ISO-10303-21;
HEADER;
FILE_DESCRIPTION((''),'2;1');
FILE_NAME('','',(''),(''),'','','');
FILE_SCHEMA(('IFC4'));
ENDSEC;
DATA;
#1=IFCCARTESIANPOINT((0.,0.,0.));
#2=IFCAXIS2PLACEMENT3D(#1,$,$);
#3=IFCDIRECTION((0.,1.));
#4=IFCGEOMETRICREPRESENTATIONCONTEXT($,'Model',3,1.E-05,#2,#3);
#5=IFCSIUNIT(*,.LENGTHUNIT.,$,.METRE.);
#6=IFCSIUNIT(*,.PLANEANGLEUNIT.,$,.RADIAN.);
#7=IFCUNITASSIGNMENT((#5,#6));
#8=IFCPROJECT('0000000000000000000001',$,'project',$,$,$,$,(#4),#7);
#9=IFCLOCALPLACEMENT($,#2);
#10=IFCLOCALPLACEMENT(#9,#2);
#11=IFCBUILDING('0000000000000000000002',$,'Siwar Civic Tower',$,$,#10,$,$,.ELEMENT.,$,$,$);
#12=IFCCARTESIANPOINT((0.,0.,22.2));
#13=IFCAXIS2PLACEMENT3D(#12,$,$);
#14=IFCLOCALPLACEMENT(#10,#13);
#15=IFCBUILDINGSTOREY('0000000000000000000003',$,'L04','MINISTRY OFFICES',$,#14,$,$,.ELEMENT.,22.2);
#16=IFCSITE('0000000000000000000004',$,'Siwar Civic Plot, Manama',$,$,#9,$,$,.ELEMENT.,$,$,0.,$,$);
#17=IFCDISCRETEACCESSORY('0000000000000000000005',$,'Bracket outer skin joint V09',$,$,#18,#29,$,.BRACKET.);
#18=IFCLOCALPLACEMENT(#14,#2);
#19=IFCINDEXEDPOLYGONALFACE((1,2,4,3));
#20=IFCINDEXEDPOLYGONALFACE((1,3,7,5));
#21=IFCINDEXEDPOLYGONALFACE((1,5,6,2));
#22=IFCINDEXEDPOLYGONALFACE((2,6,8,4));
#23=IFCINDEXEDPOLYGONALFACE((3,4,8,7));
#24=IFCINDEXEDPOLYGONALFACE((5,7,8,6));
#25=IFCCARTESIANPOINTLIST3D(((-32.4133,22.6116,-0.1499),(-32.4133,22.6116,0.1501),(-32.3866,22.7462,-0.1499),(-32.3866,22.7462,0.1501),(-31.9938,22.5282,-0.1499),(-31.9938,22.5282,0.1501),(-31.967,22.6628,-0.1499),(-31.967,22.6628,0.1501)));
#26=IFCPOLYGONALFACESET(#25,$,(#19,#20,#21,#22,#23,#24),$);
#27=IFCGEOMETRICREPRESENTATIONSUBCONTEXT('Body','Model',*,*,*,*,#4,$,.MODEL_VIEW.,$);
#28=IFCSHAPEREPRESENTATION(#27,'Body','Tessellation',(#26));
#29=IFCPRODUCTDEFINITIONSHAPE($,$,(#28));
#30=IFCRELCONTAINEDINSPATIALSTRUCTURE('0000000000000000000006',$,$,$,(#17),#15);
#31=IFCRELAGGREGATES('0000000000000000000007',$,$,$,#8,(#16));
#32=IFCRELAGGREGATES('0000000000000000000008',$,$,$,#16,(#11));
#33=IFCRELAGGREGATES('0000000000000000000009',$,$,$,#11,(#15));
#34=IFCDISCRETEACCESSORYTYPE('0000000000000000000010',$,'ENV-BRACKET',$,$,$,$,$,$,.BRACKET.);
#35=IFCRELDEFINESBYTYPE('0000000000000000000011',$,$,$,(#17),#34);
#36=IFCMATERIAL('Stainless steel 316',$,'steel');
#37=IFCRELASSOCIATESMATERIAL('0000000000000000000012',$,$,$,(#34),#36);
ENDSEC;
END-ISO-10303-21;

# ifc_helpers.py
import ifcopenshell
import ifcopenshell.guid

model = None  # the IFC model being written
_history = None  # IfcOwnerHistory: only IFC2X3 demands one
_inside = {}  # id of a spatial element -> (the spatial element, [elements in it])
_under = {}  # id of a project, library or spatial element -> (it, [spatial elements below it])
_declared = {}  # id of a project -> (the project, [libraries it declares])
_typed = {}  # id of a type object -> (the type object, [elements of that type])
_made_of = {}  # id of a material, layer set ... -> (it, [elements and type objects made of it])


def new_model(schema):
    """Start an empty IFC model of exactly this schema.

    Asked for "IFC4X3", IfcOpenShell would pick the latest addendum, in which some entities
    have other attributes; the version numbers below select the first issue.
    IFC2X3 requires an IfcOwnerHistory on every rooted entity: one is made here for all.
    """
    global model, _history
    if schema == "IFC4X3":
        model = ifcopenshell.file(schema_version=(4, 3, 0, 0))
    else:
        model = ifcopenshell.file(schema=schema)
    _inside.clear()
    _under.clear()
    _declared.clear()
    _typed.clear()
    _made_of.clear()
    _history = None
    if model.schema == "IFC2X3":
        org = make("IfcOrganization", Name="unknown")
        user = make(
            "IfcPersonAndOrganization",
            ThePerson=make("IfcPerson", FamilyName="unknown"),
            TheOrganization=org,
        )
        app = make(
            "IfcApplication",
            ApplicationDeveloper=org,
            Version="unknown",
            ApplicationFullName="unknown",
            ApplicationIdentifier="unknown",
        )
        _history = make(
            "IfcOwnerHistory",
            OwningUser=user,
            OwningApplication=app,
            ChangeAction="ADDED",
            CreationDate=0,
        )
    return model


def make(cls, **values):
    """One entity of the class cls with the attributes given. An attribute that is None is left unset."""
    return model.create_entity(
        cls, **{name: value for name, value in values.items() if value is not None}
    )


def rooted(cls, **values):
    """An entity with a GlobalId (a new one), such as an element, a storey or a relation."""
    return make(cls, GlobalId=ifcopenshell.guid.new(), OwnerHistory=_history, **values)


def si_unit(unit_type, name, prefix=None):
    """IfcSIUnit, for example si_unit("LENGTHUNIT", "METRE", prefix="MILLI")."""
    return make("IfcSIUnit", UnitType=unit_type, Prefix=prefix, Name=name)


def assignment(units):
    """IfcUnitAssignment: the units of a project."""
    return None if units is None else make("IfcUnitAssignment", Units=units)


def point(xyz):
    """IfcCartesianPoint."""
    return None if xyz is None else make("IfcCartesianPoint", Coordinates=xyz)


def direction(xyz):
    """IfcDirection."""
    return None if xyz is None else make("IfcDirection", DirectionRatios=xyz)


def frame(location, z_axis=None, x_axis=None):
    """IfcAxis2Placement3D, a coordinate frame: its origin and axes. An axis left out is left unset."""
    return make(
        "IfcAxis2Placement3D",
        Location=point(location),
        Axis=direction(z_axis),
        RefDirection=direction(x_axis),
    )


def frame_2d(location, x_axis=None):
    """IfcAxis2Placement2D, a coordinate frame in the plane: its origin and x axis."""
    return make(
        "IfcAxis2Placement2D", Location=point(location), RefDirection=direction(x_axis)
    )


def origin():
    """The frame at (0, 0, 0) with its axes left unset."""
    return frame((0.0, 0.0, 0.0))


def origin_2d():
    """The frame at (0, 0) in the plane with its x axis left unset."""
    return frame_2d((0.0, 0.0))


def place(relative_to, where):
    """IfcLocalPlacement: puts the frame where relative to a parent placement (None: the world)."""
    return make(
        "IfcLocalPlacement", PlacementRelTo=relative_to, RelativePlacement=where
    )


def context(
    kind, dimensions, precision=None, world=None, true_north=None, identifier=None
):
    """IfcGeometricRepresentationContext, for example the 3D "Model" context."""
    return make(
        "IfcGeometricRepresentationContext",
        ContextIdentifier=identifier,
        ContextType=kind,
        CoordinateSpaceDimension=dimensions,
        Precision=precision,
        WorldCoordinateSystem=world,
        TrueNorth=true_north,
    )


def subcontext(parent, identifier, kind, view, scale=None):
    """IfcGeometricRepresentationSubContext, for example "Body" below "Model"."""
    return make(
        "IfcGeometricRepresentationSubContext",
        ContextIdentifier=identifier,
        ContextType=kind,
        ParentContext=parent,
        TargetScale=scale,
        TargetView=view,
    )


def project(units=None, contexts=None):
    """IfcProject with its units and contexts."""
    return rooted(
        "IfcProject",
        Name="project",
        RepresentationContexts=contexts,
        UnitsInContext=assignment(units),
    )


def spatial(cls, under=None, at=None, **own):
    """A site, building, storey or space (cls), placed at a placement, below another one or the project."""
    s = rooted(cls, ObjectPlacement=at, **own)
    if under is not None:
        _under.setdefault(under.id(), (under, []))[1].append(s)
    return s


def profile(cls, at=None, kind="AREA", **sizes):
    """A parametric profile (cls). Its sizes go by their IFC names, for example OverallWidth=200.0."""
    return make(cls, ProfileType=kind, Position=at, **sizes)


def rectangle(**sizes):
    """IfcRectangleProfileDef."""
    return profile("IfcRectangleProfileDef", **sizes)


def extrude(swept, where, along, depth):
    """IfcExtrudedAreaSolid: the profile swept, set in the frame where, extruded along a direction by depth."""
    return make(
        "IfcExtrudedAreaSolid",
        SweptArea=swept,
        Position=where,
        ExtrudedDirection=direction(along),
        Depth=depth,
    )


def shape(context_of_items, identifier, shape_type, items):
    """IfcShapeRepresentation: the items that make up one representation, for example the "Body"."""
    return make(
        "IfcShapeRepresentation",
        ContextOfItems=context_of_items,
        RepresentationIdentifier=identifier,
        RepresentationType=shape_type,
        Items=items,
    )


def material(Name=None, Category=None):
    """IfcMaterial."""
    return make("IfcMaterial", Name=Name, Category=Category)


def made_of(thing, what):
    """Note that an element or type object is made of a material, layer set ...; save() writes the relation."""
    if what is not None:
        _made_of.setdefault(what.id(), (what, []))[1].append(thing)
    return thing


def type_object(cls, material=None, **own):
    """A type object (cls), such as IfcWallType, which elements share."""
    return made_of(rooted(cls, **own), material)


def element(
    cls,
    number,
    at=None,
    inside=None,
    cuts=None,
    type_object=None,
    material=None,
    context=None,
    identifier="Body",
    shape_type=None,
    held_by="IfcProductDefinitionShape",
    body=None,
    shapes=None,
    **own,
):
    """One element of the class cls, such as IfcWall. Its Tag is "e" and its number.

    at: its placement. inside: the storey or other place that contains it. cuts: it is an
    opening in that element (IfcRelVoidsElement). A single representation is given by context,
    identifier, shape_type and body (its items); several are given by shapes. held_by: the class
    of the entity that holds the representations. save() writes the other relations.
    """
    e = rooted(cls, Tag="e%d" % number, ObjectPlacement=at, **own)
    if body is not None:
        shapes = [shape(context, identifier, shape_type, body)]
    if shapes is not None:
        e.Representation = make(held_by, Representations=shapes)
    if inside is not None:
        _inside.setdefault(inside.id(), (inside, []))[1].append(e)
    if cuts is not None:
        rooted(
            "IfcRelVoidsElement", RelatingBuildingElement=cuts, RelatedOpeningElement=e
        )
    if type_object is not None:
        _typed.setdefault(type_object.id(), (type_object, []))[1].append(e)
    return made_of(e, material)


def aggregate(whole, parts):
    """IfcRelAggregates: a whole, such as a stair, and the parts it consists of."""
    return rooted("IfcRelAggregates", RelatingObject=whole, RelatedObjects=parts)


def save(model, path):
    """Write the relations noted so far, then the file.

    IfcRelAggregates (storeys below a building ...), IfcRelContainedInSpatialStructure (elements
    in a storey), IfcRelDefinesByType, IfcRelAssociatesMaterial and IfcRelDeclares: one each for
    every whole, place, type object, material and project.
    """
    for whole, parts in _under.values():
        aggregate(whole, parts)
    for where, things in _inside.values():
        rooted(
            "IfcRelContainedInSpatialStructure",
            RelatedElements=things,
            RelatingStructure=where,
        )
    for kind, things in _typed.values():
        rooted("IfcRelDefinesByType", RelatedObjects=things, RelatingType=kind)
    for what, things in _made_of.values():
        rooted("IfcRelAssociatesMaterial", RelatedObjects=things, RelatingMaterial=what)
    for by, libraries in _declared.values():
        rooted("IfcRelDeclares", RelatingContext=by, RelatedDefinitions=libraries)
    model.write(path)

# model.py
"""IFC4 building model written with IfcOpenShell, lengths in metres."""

from ifc_helpers import new_model, si_unit, direction, frame, origin, origin_2d, place, context, subcontext, project, spatial, rectangle, extrude, material, type_object, element, save


model = new_model("IFC4")

# Units and contexts
model_context = context("Model", 3, precision=1e-05, world=origin(), true_north=direction((0.0, 1.0)))
body_context = subcontext(model_context, "Body", "Model", "MODEL_VIEW")
ifc_project = project(units=[si_unit("LENGTHUNIT", "METRE"), si_unit("PLANEANGLEUNIT", "RADIAN")], contexts=[model_context])

# Site, building, storey
site_placement = place(None, origin())
site = spatial("IfcSite", under=ifc_project, at=site_placement, Name="Siwar Civic Plot, Manama", CompositionType="ELEMENT", RefElevation=0.0)
building_placement = place(site_placement, origin())
building = spatial("IfcBuilding", under=site, at=building_placement, Name="Siwar Civic Tower", CompositionType="ELEMENT")
storey_placement = place(building_placement, frame((0.0, 0.0, 22.2)))
storey = spatial("IfcBuildingStorey", under=building, at=storey_placement, Name="L04", Description="MINISTRY OFFICES", CompositionType="ELEMENT", Elevation=22.2)

# Discrete accessory
ifc_material_1 = material(Name="Stainless steel 316", Category="steel")
discrete_accessory_type = type_object("IfcDiscreteAccessoryType", Name="ENV-BRACKET", PredefinedType="BRACKET", material=ifc_material_1)
discrete_accessory_1_placement = place(storey_placement, frame((-32.1902, 22.6372, -0.1499), z_axis=(0.0, 0.0, 1.0), x_axis=(-0.980785, 0.19509, 0.0)))
element("IfcDiscreteAccessory", 1, at=discrete_accessory_1_placement, inside=storey, type_object=discrete_accessory_type, Name="Bracket outer skin joint V09", PredefinedType="BRACKET", context=body_context, shape_type="SweptSolid", body=[
    extrude(rectangle(XDim=0.4277, YDim=0.1372, at=origin_2d()), origin(), (0.0, 0.0, 1.0), 0.3),
])

save(model, "model.ifc")
